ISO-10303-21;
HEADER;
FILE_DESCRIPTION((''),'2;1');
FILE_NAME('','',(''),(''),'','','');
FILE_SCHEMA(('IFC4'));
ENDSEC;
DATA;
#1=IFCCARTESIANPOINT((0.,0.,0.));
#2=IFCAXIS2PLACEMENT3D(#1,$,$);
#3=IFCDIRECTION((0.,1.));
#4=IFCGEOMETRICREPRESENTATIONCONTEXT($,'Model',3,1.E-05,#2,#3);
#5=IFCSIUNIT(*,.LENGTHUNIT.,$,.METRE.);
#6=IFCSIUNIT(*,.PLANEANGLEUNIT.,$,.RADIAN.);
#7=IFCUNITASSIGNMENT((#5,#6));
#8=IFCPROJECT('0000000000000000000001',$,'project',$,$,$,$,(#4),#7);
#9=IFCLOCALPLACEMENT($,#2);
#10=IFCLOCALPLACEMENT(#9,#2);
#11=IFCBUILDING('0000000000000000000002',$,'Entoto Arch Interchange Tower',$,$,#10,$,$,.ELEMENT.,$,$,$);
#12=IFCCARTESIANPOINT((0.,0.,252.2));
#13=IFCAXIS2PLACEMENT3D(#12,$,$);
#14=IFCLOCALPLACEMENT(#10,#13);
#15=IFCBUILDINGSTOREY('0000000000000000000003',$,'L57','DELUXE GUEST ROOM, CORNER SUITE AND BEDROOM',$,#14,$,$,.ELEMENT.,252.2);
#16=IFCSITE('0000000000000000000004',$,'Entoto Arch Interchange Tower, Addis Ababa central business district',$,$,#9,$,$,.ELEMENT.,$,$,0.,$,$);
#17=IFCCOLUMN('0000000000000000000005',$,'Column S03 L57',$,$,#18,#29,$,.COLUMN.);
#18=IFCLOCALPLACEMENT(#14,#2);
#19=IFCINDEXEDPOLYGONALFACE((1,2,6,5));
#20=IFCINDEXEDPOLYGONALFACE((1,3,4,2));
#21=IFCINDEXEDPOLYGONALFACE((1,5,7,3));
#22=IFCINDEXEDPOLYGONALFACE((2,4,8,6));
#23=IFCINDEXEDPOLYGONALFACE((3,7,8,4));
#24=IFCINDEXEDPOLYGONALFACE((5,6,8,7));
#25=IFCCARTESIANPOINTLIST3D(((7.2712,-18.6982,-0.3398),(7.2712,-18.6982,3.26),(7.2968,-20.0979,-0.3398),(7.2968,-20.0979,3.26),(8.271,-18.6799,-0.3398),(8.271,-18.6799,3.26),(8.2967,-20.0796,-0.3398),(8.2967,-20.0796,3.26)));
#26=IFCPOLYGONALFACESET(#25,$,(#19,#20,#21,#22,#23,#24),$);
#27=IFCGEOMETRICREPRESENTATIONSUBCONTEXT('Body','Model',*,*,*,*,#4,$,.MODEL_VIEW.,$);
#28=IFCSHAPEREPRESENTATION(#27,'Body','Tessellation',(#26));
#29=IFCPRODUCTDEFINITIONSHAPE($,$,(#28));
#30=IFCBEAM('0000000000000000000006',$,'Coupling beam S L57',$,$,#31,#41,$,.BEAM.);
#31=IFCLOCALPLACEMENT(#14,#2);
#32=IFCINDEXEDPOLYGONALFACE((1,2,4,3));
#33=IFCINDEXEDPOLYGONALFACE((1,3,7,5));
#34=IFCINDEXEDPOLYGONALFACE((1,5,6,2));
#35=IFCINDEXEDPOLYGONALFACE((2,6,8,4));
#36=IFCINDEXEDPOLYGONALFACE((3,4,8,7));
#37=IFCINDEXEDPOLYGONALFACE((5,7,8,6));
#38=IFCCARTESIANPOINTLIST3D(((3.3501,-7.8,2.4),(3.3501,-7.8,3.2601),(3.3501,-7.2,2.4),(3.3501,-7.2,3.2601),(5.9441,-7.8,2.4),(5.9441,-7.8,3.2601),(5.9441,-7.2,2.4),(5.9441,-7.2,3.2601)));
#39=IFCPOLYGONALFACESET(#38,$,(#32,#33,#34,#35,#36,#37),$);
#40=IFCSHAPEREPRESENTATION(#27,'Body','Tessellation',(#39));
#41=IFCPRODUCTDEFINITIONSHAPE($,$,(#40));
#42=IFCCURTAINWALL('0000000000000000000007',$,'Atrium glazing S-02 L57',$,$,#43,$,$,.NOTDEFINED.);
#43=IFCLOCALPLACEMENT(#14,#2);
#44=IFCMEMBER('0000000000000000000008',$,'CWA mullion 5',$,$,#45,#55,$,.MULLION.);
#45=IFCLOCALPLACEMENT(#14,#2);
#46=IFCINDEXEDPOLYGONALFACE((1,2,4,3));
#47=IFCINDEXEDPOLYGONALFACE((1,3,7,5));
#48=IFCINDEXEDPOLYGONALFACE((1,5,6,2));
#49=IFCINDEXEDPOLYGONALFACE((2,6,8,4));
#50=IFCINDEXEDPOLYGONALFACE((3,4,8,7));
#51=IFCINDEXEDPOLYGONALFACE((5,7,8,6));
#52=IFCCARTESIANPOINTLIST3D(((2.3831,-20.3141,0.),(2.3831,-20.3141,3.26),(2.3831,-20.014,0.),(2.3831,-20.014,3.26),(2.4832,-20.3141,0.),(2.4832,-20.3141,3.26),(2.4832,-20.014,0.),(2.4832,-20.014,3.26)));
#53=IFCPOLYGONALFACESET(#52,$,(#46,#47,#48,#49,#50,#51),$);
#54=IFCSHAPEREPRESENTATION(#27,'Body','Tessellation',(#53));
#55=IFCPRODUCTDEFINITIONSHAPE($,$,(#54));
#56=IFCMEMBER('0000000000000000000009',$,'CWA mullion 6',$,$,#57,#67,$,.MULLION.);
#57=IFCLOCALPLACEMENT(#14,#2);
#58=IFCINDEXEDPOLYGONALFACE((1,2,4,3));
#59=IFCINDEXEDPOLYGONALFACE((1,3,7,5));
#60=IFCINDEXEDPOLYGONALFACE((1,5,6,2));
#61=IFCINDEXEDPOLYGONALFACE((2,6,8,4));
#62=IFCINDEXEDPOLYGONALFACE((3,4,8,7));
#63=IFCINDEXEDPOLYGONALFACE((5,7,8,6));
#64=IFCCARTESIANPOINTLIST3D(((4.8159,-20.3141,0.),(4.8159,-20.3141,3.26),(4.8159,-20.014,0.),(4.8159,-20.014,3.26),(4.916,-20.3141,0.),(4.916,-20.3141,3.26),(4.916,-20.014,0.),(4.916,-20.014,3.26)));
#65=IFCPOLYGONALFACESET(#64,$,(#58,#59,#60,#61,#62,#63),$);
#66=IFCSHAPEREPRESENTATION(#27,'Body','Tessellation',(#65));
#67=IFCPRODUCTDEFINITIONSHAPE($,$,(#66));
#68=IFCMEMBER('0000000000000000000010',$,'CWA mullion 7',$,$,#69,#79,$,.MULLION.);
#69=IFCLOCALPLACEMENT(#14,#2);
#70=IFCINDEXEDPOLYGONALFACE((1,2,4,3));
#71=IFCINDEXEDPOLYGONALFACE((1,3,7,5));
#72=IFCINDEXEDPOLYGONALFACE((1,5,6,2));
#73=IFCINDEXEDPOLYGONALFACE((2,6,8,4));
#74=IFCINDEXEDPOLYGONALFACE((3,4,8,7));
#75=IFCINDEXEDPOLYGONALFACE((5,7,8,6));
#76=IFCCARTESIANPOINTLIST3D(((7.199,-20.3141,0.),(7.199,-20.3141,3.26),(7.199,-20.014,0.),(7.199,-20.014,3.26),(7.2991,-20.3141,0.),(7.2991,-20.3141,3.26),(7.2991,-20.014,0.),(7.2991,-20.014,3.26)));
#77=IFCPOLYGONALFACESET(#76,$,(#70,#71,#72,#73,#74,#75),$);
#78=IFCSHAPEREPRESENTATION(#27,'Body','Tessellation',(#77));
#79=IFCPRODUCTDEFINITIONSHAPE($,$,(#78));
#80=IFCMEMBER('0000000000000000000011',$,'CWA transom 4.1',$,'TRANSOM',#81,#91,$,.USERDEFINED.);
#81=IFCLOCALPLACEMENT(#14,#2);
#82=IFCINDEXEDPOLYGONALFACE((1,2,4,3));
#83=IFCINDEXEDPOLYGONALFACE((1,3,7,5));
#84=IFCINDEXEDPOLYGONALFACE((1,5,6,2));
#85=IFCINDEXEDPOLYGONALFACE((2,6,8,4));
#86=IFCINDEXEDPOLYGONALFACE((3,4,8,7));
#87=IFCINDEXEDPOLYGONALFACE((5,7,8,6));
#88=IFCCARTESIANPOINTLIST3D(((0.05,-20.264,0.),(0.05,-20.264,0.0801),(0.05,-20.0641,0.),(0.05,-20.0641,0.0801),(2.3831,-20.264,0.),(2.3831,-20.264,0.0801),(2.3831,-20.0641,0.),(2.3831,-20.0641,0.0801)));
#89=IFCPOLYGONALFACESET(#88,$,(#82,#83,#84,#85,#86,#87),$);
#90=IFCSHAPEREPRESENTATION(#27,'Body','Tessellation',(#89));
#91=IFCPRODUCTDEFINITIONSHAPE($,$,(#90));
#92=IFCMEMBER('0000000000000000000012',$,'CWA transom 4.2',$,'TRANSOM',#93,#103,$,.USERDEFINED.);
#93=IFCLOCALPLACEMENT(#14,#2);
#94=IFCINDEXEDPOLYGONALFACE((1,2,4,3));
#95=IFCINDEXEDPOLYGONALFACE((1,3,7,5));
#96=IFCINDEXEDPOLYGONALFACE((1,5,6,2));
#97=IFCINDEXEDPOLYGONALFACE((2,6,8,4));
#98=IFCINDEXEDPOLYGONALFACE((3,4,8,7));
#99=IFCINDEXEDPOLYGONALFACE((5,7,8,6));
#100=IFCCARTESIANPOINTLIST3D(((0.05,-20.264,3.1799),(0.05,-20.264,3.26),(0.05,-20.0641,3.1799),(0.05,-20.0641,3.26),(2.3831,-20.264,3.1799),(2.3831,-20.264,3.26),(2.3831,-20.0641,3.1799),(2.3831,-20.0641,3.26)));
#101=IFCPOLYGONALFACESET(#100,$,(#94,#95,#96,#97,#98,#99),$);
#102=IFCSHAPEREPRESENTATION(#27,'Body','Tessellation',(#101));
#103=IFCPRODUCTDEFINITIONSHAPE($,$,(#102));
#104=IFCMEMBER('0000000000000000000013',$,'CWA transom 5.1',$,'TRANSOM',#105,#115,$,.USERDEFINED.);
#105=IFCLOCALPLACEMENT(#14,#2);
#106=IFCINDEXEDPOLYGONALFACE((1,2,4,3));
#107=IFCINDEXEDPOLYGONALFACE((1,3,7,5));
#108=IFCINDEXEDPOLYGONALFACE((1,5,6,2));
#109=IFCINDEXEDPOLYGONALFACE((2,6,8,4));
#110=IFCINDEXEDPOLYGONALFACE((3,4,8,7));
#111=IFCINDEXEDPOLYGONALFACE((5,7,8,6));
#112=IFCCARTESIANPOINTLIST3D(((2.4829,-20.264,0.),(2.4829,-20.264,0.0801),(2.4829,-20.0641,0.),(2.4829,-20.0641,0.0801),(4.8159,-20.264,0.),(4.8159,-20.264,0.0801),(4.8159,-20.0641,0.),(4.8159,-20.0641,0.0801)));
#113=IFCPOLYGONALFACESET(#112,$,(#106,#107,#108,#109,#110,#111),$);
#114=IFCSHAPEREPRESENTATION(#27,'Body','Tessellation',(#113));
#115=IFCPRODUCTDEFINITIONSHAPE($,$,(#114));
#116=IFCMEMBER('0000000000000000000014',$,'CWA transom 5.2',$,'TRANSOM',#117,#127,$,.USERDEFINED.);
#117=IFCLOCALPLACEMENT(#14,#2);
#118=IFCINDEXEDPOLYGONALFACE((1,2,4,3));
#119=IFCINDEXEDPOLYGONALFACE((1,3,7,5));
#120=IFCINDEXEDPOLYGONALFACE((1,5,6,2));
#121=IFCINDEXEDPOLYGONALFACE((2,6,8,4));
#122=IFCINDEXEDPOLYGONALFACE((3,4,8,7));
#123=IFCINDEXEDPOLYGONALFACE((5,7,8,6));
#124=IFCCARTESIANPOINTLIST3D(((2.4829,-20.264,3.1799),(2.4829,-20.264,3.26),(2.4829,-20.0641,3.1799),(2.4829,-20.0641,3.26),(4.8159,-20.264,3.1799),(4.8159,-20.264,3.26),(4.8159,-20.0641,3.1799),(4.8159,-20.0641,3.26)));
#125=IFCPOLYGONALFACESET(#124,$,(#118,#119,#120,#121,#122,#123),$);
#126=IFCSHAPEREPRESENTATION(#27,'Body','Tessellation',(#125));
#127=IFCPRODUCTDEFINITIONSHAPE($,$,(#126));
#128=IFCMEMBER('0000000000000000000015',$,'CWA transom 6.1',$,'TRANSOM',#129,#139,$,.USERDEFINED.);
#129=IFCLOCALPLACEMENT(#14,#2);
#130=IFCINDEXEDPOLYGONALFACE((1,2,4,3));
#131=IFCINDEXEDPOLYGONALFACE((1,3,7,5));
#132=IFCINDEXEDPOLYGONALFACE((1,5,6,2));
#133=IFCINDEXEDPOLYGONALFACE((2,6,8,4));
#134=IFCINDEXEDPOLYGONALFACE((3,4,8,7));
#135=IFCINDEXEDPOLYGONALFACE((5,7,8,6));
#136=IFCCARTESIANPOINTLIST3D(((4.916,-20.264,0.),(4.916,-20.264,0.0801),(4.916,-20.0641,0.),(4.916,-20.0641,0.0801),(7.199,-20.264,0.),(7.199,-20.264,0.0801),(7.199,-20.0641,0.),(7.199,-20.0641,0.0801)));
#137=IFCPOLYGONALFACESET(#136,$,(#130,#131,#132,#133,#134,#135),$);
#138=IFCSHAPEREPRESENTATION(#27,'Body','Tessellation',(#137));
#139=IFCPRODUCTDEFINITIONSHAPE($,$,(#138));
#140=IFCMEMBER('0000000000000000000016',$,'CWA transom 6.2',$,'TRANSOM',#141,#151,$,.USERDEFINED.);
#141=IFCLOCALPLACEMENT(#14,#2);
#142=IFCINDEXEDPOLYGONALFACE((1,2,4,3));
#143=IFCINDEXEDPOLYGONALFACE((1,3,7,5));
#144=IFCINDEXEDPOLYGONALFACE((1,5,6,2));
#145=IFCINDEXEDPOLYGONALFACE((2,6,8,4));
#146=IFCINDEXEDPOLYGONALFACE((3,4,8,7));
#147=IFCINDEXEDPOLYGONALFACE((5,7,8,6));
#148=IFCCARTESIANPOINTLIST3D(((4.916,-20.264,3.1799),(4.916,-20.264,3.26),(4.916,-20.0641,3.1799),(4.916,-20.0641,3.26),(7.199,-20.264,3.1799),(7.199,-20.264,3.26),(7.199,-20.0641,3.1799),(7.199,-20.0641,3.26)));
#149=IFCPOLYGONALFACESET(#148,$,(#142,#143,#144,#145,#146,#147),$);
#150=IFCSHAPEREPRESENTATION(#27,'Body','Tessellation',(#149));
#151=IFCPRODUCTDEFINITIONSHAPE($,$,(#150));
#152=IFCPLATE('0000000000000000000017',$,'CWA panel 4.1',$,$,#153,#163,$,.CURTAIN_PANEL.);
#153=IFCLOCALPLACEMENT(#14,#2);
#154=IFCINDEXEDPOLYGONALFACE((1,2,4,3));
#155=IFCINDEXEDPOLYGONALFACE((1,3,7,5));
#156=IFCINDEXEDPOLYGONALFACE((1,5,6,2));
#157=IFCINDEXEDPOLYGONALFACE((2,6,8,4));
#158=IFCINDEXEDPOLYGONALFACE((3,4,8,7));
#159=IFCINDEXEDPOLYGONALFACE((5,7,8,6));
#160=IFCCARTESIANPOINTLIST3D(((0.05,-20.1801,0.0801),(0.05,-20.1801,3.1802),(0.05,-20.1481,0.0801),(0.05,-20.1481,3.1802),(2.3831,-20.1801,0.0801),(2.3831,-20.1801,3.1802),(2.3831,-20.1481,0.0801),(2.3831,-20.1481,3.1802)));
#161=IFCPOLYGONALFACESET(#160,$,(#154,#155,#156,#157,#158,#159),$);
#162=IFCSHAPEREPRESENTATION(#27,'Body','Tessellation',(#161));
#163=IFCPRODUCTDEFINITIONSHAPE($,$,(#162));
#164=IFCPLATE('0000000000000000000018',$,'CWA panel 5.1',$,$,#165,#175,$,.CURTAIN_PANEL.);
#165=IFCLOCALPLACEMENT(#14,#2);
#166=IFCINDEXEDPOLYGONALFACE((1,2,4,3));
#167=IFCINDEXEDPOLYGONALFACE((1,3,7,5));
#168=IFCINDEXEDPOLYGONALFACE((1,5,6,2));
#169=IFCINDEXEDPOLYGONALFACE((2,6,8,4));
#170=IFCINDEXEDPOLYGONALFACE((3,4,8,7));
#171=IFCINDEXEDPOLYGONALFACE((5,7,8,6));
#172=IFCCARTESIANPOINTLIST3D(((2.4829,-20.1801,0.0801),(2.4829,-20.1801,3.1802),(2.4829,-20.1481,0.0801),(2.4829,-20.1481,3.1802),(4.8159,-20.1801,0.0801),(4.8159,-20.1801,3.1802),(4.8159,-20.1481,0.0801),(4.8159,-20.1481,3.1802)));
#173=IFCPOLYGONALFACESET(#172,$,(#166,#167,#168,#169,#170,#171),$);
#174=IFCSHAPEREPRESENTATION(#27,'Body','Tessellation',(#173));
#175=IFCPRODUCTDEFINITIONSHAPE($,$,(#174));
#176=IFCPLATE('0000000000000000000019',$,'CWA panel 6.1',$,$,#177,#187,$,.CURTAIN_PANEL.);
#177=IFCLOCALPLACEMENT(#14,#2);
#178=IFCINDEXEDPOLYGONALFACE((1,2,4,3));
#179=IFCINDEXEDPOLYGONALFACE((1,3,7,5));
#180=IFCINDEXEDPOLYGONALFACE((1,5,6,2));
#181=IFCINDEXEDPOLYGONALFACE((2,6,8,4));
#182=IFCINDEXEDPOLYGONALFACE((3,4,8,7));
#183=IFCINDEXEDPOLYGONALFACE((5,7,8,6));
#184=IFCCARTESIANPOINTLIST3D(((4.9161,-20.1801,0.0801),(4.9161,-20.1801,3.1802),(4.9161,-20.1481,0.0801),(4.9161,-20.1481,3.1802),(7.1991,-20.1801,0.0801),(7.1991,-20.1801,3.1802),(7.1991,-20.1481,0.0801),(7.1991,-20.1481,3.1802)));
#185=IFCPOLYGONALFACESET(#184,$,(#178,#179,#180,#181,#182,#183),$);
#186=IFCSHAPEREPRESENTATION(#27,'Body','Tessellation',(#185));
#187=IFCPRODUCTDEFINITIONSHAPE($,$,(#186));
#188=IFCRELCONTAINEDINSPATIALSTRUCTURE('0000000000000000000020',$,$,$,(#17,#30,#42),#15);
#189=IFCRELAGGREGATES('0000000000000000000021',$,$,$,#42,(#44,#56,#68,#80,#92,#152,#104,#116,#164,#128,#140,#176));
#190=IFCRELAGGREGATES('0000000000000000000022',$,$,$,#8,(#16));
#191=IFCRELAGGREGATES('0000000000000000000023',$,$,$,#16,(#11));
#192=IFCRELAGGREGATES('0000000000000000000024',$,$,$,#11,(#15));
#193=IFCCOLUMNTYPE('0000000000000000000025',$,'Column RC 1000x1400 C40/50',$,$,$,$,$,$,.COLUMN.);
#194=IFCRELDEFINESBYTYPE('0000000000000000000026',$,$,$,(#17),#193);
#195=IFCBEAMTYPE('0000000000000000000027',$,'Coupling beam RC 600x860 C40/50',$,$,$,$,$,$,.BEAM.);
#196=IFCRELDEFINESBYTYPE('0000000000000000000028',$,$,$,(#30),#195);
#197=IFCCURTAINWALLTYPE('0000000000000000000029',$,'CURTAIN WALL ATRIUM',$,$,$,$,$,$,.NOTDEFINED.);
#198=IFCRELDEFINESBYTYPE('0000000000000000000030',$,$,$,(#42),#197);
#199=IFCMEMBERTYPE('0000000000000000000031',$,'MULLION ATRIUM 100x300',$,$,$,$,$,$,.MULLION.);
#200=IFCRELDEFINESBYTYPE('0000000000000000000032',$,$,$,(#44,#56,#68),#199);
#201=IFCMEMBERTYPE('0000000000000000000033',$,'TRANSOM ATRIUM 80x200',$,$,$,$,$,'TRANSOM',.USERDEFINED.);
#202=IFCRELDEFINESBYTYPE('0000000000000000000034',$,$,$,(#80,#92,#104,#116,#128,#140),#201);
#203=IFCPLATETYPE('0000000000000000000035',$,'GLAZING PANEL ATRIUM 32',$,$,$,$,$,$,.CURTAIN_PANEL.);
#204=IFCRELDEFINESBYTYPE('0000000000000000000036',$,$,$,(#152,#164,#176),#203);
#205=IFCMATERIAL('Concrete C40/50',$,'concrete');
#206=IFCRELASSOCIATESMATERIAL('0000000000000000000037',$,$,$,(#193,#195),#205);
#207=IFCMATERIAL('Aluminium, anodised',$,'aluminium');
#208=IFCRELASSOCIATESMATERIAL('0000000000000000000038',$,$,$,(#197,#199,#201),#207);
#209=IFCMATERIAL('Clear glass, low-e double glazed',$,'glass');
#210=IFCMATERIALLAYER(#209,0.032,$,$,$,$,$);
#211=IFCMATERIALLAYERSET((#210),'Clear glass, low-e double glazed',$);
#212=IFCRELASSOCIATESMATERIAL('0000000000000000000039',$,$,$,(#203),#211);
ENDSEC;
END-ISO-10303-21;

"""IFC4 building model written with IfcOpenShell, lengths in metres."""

from ifc_helpers import new_model, si_unit, direction, frame, origin, origin_2d, place, context, subcontext, project, spatial, rectangle, extrude, material, layer, layer_set, material_profile, profile_set, type_object, element, aggregate, save


model = new_model("IFC4")

# Units and contexts
model_context = context("Model", 3, precision=1e-05, world=origin(), true_north=direction((0.0, 1.0)))
body_context = subcontext(model_context, "Body", "Model", "MODEL_VIEW")
ifc_project = project(units=[si_unit("LENGTHUNIT", "METRE"), si_unit("PLANEANGLEUNIT", "RADIAN")], contexts=[model_context])

# Site, building, storey
site_placement = place(None, origin())
site = spatial("IfcSite", under=ifc_project, at=site_placement, Name="Entoto Arch Interchange Tower, Addis Ababa central business district", CompositionType="ELEMENT", RefElevation=0.0)
building_placement = place(site_placement, origin())
building = spatial("IfcBuilding", under=site, at=building_placement, Name="Entoto Arch Interchange Tower", CompositionType="ELEMENT")
storey_placement = place(building_placement, frame((0.0, 0.0, 252.2)))
storey = spatial("IfcBuildingStorey", under=building, at=storey_placement, Name="L57", Description="DELUXE GUEST ROOM, CORNER SUITE AND BEDROOM", CompositionType="ELEMENT", Elevation=252.2)

# Column
ifc_material_1 = material(Name="Concrete C40/50", Category="concrete")
ifc_material_profile_1 = material_profile(ifc_material_1, rectangle(XDim=1.0, YDim=1.3999, at=origin_2d()))
ifc_profile_set_1 = profile_set([ifc_material_profile_1], Name="Concrete C40/50")
column_type = type_object("IfcColumnType", Name="Column RC 1000x1400 C40/50", PredefinedType="COLUMN", material=ifc_profile_set_1)
column_placement = place(storey_placement, frame((7.7839, -19.3889, -0.3398), z_axis=(0.0, 0.0, 1.0), x_axis=(0.999833, 0.01829, 0.0)))
element("IfcColumn", 1, at=column_placement, inside=storey, type_object=column_type, Name="Column S03 L57", PredefinedType="COLUMN", context=body_context, shape_type="SweptSolid", body=[
    extrude(rectangle(XDim=1.0, YDim=1.3999, at=origin_2d()), origin(), (0.0, 0.0, 1.0), 3.5999),
])

# Beam
ifc_material_profile_2 = material_profile(ifc_material_1, rectangle(XDim=0.6001, YDim=0.8601, at=origin_2d()))
ifc_profile_set_2 = profile_set([ifc_material_profile_2], Name="Concrete C40/50")
beam_type = type_object("IfcBeamType", Name="Coupling beam RC 600x860 C40/50", PredefinedType="BEAM", material=ifc_profile_set_2)
beam_placement = place(storey_placement, frame((3.3501, -7.5, 2.8301), z_axis=(1.0, 0.0, 0.0), x_axis=(0.0, 1.0, 0.0)))
element("IfcBeam", 2, at=beam_placement, inside=storey, type_object=beam_type, Name="Coupling beam S L57", PredefinedType="BEAM", context=body_context, shape_type="SweptSolid", body=[
    extrude(rectangle(XDim=0.6001, YDim=0.8601, at=origin_2d()), origin(), (0.0, 0.0, 1.0), 2.594),
])

# Curtain wall, members, plates
ifc_material_2 = material(Name="Aluminium, anodised", Category="aluminium")
curtain_wall_type = type_object("IfcCurtainWallType", Name="CURTAIN WALL ATRIUM", PredefinedType="NOTDEFINED", material=ifc_material_2)
curtain_wall_placement = place(storey_placement, origin())
curtain_wall = element("IfcCurtainWall", 3, at=curtain_wall_placement, inside=storey, type_object=curtain_wall_type, Name="Atrium glazing S-02 L57", PredefinedType="NOTDEFINED")
ifc_material_profile_3 = material_profile(ifc_material_2, rectangle(XDim=0.3, YDim=0.1001, at=origin_2d()))
ifc_profile_set_3 = profile_set([ifc_material_profile_3], Name="Aluminium, anodised")
member_type_1 = type_object("IfcMemberType", Name="MULLION ATRIUM 100x300", PredefinedType="MULLION", material=ifc_profile_set_3)
member_1_placement = place(storey_placement, frame((2.4331, -20.1641, 0.0), z_axis=(0.0, 0.0, 1.0), x_axis=(0.0, 1.0, 0.0)))
member_1 = element("IfcMember", 4, at=member_1_placement, type_object=member_type_1, Name="CWA mullion 5", PredefinedType="MULLION", context=body_context, shape_type="SweptSolid", body=[
    extrude(rectangle(XDim=0.3, YDim=0.1001, at=origin_2d()), origin(), (0.0, 0.0, 1.0), 3.26),
])
member_2_placement = place(storey_placement, frame((4.866, -20.1641, 0.0), z_axis=(0.0, 0.0, 1.0), x_axis=(0.0, 1.0, 0.0)))
member_2 = element("IfcMember", 5, at=member_2_placement, type_object=member_type_1, Name="CWA mullion 6", PredefinedType="MULLION", context=body_context, shape_type="SweptSolid", body=[
    extrude(rectangle(XDim=0.3, YDim=0.1001, at=origin_2d()), origin(), (0.0, 0.0, 1.0), 3.26),
])
member_3_placement = place(storey_placement, frame((7.249, -20.1641, 0.0), z_axis=(0.0, 0.0, 1.0), x_axis=(0.0, 1.0, 0.0)))
member_3 = element("IfcMember", 6, at=member_3_placement, type_object=member_type_1, Name="CWA mullion 7", PredefinedType="MULLION", context=body_context, shape_type="SweptSolid", body=[
    extrude(rectangle(XDim=0.3, YDim=0.1001, at=origin_2d()), origin(), (0.0, 0.0, 1.0), 3.26),
])
ifc_material_profile_4 = material_profile(ifc_material_2, rectangle(XDim=0.2, YDim=0.0801, at=origin_2d()))
ifc_profile_set_4 = profile_set([ifc_material_profile_4], Name="Aluminium, anodised")
member_type_2 = type_object("IfcMemberType", Name="TRANSOM ATRIUM 80x200", ElementType="TRANSOM", PredefinedType="USERDEFINED", material=ifc_profile_set_4)
member_4_placement = place(storey_placement, frame((0.05, -20.1641, 0.04), z_axis=(1.0, 0.0, 0.0), x_axis=(0.0, 1.0, 0.0)))
member_4 = element("IfcMember", 7, at=member_4_placement, type_object=member_type_2, Name="CWA transom 4.1", ObjectType="TRANSOM", PredefinedType="USERDEFINED", context=body_context, shape_type="SweptSolid", body=[
    extrude(rectangle(XDim=0.2, YDim=0.0801, at=origin_2d()), origin(), (0.0, 0.0, 1.0), 2.333),
])
member_5_placement = place(storey_placement, frame((0.05, -20.1641, 3.22), z_axis=(1.0, 0.0, 0.0), x_axis=(0.0, 1.0, 0.0)))
member_5 = element("IfcMember", 8, at=member_5_placement, type_object=member_type_2, Name="CWA transom 4.2", ObjectType="TRANSOM", PredefinedType="USERDEFINED", context=body_context, shape_type="SweptSolid", body=[
    extrude(rectangle(XDim=0.2, YDim=0.0801, at=origin_2d()), origin(), (0.0, 0.0, 1.0), 2.333),
])
member_6_placement = place(storey_placement, frame((2.4829, -20.1641, 0.04), z_axis=(1.0, 0.0, 0.0), x_axis=(0.0, 1.0, 0.0)))
member_6 = element("IfcMember", 9, at=member_6_placement, type_object=member_type_2, Name="CWA transom 5.1", ObjectType="TRANSOM", PredefinedType="USERDEFINED", context=body_context, shape_type="SweptSolid", body=[
    extrude(rectangle(XDim=0.2, YDim=0.0801, at=origin_2d()), origin(), (0.0, 0.0, 1.0), 2.333),
])
member_7_placement = place(storey_placement, frame((2.4829, -20.1641, 3.22), z_axis=(1.0, 0.0, 0.0), x_axis=(0.0, 1.0, 0.0)))
member_7 = element("IfcMember", 10, at=member_7_placement, type_object=member_type_2, Name="CWA transom 5.2", ObjectType="TRANSOM", PredefinedType="USERDEFINED", context=body_context, shape_type="SweptSolid", body=[
    extrude(rectangle(XDim=0.2, YDim=0.0801, at=origin_2d()), origin(), (0.0, 0.0, 1.0), 2.333),
])
member_8_placement = place(storey_placement, frame((4.916, -20.1641, 0.04), z_axis=(1.0, 0.0, 0.0), x_axis=(0.0, 1.0, 0.0)))
member_8 = element("IfcMember", 11, at=member_8_placement, type_object=member_type_2, Name="CWA transom 6.1", ObjectType="TRANSOM", PredefinedType="USERDEFINED", context=body_context, shape_type="SweptSolid", body=[
    extrude(rectangle(XDim=0.2, YDim=0.0801, at=origin_2d()), origin(), (0.0, 0.0, 1.0), 2.283),
])
member_9_placement = place(storey_placement, frame((4.916, -20.1641, 3.22), z_axis=(1.0, 0.0, 0.0), x_axis=(0.0, 1.0, 0.0)))
member_9 = element("IfcMember", 12, at=member_9_placement, type_object=member_type_2, Name="CWA transom 6.2", ObjectType="TRANSOM", PredefinedType="USERDEFINED", context=body_context, shape_type="SweptSolid", body=[
    extrude(rectangle(XDim=0.2, YDim=0.0801, at=origin_2d()), origin(), (0.0, 0.0, 1.0), 2.283),
])
ifc_material_3 = material(Name="Clear glass, low-e double glazed", Category="glass")
ifc_layer_1 = layer(ifc_material_3, 0.032)
ifc_layer_set_1 = layer_set([ifc_layer_1], Name="Clear glass, low-e double glazed")
plate_type = type_object("IfcPlateType", Name="GLAZING PANEL ATRIUM 32", PredefinedType="CURTAIN_PANEL", material=ifc_layer_set_1)
plate_1_placement = place(storey_placement, frame((1.2166, -20.1641, 0.0801), z_axis=(0.0, 0.0, 1.0), x_axis=(1.0, 0.0, 0.0)))
plate_1 = element("IfcPlate", 13, at=plate_1_placement, type_object=plate_type, Name="CWA panel 4.1", PredefinedType="CURTAIN_PANEL", context=body_context, shape_type="SweptSolid", body=[
    extrude(rectangle(XDim=2.333, YDim=0.032, at=origin_2d()), origin(), (0.0, 0.0, 1.0), 3.1001),
])
plate_2_placement = place(storey_placement, frame((3.6494, -20.1641, 0.0801), z_axis=(0.0, 0.0, 1.0), x_axis=(1.0, 0.0, 0.0)))
plate_2 = element("IfcPlate", 14, at=plate_2_placement, type_object=plate_type, Name="CWA panel 5.1", PredefinedType="CURTAIN_PANEL", context=body_context, shape_type="SweptSolid", body=[
    extrude(rectangle(XDim=2.333, YDim=0.032, at=origin_2d()), origin(), (0.0, 0.0, 1.0), 3.1001),
])
plate_3_placement = place(storey_placement, frame((6.0576, -20.1641, 0.0801), z_axis=(0.0, 0.0, 1.0), x_axis=(1.0, 0.0, 0.0)))
plate_3 = element("IfcPlate", 15, at=plate_3_placement, type_object=plate_type, Name="CWA panel 6.1", PredefinedType="CURTAIN_PANEL", context=body_context, shape_type="SweptSolid", body=[
    extrude(rectangle(XDim=2.283, YDim=0.032, at=origin_2d()), origin(), (0.0, 0.0, 1.0), 3.1001),
])
aggregate(curtain_wall, [member_1, member_2, member_3, member_4, member_5, plate_1, member_6, member_7, plate_2, member_8, member_9, plate_3])

save(model, "model.ifc")
